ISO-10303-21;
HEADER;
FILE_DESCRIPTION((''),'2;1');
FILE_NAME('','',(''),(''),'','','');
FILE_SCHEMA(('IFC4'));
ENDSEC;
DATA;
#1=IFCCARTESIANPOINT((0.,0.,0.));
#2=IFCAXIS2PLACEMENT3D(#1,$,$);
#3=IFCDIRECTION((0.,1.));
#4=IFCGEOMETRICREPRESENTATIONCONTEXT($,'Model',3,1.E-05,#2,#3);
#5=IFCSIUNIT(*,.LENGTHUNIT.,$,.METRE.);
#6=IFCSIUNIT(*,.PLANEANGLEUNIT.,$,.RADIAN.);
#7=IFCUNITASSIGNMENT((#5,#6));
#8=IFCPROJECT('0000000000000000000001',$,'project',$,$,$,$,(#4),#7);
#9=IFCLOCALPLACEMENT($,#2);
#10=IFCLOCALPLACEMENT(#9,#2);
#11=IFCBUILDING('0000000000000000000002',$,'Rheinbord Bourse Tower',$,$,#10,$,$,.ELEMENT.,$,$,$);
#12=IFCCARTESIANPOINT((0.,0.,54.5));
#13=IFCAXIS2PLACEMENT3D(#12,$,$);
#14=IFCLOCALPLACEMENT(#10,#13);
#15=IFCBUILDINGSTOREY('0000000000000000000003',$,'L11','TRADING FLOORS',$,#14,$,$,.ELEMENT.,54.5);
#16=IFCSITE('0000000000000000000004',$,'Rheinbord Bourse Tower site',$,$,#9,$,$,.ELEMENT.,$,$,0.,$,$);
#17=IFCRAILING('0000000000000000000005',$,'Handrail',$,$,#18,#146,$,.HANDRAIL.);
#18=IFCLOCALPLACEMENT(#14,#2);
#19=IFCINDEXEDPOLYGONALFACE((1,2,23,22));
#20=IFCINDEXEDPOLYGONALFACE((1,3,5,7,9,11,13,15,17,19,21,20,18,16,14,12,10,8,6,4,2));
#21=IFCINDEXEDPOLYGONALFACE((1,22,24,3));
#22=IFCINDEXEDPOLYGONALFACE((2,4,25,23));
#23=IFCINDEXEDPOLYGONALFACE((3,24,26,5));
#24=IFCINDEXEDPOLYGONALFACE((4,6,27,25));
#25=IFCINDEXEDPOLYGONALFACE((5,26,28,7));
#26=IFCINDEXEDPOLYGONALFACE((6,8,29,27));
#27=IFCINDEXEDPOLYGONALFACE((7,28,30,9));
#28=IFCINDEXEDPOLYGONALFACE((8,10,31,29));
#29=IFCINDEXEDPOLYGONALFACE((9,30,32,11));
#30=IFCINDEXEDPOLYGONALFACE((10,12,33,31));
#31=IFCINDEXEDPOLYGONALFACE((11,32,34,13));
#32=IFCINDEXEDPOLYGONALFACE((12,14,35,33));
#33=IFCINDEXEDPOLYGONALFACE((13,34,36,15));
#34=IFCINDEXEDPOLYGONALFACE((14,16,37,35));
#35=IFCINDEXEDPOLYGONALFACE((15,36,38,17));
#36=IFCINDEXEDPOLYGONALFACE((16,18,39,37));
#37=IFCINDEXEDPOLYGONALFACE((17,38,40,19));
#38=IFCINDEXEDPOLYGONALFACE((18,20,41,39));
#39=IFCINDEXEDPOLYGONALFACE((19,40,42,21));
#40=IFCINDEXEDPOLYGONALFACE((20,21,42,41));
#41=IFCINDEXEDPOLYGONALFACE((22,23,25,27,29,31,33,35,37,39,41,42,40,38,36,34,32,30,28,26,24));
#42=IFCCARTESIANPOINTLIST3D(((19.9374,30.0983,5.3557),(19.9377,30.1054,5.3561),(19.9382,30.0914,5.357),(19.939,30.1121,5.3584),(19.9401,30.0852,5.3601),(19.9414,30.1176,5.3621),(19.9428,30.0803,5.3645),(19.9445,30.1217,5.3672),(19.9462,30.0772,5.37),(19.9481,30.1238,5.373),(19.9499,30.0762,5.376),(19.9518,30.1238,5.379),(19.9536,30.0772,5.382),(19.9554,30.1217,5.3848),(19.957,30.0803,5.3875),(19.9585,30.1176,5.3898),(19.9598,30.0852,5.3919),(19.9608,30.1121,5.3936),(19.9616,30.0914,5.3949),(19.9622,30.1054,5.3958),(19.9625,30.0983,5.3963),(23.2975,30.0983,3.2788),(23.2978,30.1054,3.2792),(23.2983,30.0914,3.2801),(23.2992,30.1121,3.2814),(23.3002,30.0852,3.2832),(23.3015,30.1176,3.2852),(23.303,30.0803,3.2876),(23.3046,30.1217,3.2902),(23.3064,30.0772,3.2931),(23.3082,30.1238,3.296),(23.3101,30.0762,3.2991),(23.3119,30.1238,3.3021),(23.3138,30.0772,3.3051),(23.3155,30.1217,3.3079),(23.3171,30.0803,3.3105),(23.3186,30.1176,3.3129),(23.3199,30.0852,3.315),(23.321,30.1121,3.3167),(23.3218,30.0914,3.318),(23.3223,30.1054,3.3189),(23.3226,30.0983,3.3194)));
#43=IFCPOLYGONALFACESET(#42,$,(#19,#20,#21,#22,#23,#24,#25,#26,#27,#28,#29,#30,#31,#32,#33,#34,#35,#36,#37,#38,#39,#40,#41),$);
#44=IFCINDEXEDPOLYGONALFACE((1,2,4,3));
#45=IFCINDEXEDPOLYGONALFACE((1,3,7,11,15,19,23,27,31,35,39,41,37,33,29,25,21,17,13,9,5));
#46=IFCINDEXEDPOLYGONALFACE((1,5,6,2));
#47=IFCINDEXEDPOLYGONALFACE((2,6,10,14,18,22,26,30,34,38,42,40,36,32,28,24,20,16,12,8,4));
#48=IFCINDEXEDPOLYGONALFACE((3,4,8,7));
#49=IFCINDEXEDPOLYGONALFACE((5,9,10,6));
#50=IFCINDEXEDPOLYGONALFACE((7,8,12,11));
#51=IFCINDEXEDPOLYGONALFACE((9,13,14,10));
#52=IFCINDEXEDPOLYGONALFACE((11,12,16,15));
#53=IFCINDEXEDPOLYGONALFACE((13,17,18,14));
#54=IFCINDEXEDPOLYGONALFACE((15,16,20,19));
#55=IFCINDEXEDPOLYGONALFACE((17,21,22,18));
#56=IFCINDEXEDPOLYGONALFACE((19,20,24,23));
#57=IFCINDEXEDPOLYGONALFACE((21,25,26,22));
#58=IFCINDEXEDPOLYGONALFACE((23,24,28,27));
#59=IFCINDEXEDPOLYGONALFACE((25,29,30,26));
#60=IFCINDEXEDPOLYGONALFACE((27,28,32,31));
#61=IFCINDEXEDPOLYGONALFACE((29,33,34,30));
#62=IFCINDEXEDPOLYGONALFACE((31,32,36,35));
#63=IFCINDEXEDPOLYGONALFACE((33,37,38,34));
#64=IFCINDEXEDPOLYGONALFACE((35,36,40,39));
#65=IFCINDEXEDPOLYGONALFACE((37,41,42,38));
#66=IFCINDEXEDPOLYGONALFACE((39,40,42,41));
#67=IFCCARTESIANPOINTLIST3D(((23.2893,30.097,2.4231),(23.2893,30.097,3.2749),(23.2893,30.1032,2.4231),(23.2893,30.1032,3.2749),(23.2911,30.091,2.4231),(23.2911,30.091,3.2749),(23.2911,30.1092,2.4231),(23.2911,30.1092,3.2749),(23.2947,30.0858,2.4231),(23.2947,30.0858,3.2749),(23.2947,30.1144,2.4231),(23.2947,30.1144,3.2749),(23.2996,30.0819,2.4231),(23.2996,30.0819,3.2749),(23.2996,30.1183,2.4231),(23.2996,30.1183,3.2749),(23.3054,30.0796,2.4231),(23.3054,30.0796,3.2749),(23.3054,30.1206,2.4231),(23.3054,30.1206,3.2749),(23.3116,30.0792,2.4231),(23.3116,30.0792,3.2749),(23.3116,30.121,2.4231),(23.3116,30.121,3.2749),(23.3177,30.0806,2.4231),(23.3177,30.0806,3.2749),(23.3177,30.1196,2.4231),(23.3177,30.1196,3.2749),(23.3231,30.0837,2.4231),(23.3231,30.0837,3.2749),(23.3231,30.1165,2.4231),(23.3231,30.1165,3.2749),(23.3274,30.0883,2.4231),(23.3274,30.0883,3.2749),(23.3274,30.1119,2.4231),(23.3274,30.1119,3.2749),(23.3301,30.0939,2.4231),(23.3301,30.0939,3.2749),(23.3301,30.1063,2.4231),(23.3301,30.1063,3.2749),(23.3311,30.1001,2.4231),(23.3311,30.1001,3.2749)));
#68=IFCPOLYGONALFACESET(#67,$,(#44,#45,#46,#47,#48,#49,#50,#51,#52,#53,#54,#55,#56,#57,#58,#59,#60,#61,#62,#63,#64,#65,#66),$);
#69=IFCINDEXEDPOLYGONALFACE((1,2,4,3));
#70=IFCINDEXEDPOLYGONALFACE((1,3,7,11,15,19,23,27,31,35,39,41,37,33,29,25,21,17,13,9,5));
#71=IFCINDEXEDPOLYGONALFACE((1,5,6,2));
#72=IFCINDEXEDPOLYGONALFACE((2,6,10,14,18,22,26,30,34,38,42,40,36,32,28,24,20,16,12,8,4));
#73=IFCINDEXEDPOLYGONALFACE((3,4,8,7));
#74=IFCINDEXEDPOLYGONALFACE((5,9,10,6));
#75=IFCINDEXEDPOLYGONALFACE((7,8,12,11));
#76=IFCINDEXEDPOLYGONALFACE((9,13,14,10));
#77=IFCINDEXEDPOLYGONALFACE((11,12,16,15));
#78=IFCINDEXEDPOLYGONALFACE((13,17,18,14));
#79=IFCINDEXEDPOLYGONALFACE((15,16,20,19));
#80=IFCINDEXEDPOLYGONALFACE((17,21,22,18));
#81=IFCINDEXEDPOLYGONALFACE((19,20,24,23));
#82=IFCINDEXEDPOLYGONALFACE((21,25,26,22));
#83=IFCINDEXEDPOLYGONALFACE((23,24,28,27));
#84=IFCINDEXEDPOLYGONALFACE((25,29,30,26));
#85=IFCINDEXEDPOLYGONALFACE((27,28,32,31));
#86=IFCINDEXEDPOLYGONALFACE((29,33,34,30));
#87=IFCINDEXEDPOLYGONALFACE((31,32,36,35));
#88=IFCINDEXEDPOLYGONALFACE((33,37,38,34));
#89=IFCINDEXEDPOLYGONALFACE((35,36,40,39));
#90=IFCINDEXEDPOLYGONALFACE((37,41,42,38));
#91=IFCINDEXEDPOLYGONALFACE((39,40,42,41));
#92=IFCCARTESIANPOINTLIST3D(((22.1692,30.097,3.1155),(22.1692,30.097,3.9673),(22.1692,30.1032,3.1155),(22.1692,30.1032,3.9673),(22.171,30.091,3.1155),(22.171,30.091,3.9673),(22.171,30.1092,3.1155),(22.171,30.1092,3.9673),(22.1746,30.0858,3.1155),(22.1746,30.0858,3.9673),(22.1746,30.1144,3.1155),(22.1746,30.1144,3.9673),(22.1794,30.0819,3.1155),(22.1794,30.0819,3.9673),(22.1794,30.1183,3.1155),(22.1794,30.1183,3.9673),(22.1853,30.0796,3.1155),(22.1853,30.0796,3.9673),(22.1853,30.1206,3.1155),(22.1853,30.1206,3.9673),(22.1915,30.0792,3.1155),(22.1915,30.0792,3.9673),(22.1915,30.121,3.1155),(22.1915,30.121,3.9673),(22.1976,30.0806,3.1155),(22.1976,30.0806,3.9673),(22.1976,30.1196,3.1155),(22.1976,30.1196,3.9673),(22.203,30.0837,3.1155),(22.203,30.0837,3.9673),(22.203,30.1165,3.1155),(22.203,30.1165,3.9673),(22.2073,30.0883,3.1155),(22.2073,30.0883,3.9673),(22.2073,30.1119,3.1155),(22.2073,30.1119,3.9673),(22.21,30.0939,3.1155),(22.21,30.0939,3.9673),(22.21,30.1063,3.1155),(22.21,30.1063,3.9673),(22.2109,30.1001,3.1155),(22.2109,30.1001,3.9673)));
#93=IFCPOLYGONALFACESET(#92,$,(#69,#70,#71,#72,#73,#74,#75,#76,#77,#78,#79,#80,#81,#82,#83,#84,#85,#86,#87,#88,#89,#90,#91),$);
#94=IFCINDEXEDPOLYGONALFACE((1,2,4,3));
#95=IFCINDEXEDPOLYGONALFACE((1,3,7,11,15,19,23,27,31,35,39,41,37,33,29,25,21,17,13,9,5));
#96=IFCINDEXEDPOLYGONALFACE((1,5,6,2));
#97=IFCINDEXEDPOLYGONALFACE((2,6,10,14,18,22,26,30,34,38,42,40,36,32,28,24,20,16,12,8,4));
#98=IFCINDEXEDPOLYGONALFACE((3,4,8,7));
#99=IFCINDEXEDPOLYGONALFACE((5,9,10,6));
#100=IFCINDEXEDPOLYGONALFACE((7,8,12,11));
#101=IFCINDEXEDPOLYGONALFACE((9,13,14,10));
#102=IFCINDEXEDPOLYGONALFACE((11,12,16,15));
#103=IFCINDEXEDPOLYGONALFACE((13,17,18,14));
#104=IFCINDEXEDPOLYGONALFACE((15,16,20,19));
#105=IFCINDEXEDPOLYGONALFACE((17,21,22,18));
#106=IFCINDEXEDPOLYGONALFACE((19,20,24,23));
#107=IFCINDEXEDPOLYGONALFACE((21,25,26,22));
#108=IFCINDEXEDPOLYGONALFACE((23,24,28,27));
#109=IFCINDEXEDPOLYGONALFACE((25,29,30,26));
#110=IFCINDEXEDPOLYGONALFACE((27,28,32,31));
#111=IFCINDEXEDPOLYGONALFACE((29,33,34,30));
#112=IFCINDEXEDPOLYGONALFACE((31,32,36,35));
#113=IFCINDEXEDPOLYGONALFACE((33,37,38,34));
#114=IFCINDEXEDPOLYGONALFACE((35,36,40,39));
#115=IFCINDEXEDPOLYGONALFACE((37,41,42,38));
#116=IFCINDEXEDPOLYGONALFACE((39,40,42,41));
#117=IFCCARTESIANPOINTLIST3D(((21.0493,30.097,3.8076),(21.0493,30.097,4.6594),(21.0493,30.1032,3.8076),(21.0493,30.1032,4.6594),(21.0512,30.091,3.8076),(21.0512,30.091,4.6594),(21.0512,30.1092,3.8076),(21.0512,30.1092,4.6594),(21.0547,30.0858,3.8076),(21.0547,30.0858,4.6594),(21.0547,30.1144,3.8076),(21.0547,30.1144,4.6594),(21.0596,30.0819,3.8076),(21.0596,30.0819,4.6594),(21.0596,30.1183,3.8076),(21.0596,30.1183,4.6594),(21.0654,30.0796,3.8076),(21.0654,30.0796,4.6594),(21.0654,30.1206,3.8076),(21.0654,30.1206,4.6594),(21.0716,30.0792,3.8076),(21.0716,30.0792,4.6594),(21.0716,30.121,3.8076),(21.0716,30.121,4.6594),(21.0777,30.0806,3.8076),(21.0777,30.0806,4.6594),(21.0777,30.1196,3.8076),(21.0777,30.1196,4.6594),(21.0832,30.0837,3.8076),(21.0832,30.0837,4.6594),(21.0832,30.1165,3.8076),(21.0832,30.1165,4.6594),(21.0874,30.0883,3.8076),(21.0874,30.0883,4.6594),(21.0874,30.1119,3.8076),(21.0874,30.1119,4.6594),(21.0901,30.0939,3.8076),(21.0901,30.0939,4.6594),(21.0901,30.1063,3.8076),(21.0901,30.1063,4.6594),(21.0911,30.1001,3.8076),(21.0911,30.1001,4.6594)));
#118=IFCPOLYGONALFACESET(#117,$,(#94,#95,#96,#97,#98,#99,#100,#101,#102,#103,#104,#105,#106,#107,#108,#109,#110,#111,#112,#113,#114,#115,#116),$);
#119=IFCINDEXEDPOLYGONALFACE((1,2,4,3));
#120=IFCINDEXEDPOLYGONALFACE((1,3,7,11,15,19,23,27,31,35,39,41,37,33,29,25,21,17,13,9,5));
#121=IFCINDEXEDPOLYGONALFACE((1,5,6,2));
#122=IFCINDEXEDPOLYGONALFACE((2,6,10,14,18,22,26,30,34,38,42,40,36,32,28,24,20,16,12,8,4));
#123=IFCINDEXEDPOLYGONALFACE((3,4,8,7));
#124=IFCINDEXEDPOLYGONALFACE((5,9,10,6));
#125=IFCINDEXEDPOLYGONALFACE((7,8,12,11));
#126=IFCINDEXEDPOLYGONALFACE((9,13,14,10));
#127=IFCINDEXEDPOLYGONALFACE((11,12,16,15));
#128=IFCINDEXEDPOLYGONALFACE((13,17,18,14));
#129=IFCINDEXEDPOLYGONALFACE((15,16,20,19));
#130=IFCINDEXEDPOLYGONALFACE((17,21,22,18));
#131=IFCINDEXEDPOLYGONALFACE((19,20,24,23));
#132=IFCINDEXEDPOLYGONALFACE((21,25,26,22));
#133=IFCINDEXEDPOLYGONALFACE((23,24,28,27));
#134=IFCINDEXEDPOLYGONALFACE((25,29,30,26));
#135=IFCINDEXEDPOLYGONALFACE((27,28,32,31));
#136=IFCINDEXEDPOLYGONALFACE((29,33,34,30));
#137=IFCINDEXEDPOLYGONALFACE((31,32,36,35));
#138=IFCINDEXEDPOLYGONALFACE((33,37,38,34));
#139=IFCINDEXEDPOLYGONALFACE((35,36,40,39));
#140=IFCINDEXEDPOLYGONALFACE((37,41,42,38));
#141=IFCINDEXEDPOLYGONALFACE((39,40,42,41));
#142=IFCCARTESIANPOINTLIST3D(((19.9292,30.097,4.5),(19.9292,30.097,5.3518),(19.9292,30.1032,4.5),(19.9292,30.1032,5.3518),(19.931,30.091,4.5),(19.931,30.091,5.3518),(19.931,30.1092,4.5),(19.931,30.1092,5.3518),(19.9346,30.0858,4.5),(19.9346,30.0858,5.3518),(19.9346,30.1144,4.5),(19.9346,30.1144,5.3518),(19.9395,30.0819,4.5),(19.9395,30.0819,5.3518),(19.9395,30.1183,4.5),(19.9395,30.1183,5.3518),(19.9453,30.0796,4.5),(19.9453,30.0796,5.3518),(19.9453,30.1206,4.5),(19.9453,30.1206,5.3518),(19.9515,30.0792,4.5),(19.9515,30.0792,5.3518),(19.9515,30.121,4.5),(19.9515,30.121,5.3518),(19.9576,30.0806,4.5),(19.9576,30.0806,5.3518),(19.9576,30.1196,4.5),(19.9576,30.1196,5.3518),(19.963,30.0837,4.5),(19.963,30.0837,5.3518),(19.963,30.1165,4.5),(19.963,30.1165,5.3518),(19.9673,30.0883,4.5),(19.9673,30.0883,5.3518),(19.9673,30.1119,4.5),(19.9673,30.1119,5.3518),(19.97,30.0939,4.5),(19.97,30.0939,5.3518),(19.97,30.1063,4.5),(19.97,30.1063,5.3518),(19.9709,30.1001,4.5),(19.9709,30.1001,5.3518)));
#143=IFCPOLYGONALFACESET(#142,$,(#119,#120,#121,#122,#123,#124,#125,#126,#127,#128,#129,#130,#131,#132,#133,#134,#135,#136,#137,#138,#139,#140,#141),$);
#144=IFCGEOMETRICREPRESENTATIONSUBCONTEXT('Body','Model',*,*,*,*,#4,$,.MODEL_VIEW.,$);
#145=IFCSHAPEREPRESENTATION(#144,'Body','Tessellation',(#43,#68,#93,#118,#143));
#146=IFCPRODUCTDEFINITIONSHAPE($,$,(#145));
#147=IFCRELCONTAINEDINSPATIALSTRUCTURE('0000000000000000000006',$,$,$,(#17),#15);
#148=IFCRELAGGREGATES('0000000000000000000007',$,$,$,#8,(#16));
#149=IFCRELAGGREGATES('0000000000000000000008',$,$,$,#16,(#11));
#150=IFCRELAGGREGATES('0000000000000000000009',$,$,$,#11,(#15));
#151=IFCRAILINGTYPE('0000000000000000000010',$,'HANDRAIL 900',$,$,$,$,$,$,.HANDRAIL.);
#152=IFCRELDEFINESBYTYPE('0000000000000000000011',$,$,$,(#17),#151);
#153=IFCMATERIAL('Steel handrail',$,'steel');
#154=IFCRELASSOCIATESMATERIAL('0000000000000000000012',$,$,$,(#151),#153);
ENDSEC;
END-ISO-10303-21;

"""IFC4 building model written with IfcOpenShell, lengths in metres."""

from ifc_helpers import new_model, si_unit, direction, frame, origin, origin_2d, place, context, subcontext, project, spatial, circle, extrude, material, type_object, element, save


model = new_model("IFC4")

# Units and contexts
model_context = context("Model", 3, precision=1e-05, world=origin(), true_north=direction((0.0, 1.0)))
body_context = subcontext(model_context, "Body", "Model", "MODEL_VIEW")
ifc_project = project(units=[si_unit("LENGTHUNIT", "METRE"), si_unit("PLANEANGLEUNIT", "RADIAN")], contexts=[model_context])

# Site, building, storey
site_placement = place(None, origin())
site = spatial("IfcSite", under=ifc_project, at=site_placement, Name="Rheinbord Bourse Tower site", CompositionType="ELEMENT", RefElevation=0.0)
building_placement = place(site_placement, origin())
building = spatial("IfcBuilding", under=site, at=building_placement, Name="Rheinbord Bourse Tower", CompositionType="ELEMENT")
storey_placement = place(building_placement, frame((0.0, 0.0, 54.5)))
storey = spatial("IfcBuildingStorey", under=building, at=storey_placement, Name="L11", Description="TRADING FLOORS", CompositionType="ELEMENT", Elevation=54.5)

# Railing
ifc_material_1 = material(Name="Steel handrail", Category="steel")
railing_type = type_object("IfcRailingType", Name="HANDRAIL 900", PredefinedType="HANDRAIL", material=ifc_material_1)
railing_1_placement = place(storey_placement, frame((23.3101, 30.1001, 2.4231)))
element("IfcRailing", 1, at=railing_1_placement, inside=storey, type_object=railing_type, Name="Handrail", PredefinedType="HANDRAIL", context=body_context, shape_type="SweptSolid", body=[
    extrude(circle(Radius=0.0239, at=origin_2d()), frame((0.0, 0.0, 0.876), z_axis=(-0.850623, 0.0, 0.525776), x_axis=(0.0, -1.0, 0.0)), (0.0, 0.0, 1.0), 3.9502),
    extrude(circle(Radius=0.021, at=origin_2d()), origin(), (0.0, 0.0, 1.0), 0.8518),
    extrude(circle(Radius=0.021, at=origin_2d()), frame((-1.1201, 0.0, 0.6924)), (0.0, 0.0, 1.0), 0.8518),
    extrude(circle(Radius=0.021, at=origin_2d()), frame((-2.24, 0.0, 1.3845)), (0.0, 0.0, 1.0), 0.8518),
    extrude(circle(Radius=0.021, at=origin_2d()), frame((-3.3601, 0.0, 2.0769)), (0.0, 0.0, 1.0), 0.8518),
])

save(model, "model.ifc")
